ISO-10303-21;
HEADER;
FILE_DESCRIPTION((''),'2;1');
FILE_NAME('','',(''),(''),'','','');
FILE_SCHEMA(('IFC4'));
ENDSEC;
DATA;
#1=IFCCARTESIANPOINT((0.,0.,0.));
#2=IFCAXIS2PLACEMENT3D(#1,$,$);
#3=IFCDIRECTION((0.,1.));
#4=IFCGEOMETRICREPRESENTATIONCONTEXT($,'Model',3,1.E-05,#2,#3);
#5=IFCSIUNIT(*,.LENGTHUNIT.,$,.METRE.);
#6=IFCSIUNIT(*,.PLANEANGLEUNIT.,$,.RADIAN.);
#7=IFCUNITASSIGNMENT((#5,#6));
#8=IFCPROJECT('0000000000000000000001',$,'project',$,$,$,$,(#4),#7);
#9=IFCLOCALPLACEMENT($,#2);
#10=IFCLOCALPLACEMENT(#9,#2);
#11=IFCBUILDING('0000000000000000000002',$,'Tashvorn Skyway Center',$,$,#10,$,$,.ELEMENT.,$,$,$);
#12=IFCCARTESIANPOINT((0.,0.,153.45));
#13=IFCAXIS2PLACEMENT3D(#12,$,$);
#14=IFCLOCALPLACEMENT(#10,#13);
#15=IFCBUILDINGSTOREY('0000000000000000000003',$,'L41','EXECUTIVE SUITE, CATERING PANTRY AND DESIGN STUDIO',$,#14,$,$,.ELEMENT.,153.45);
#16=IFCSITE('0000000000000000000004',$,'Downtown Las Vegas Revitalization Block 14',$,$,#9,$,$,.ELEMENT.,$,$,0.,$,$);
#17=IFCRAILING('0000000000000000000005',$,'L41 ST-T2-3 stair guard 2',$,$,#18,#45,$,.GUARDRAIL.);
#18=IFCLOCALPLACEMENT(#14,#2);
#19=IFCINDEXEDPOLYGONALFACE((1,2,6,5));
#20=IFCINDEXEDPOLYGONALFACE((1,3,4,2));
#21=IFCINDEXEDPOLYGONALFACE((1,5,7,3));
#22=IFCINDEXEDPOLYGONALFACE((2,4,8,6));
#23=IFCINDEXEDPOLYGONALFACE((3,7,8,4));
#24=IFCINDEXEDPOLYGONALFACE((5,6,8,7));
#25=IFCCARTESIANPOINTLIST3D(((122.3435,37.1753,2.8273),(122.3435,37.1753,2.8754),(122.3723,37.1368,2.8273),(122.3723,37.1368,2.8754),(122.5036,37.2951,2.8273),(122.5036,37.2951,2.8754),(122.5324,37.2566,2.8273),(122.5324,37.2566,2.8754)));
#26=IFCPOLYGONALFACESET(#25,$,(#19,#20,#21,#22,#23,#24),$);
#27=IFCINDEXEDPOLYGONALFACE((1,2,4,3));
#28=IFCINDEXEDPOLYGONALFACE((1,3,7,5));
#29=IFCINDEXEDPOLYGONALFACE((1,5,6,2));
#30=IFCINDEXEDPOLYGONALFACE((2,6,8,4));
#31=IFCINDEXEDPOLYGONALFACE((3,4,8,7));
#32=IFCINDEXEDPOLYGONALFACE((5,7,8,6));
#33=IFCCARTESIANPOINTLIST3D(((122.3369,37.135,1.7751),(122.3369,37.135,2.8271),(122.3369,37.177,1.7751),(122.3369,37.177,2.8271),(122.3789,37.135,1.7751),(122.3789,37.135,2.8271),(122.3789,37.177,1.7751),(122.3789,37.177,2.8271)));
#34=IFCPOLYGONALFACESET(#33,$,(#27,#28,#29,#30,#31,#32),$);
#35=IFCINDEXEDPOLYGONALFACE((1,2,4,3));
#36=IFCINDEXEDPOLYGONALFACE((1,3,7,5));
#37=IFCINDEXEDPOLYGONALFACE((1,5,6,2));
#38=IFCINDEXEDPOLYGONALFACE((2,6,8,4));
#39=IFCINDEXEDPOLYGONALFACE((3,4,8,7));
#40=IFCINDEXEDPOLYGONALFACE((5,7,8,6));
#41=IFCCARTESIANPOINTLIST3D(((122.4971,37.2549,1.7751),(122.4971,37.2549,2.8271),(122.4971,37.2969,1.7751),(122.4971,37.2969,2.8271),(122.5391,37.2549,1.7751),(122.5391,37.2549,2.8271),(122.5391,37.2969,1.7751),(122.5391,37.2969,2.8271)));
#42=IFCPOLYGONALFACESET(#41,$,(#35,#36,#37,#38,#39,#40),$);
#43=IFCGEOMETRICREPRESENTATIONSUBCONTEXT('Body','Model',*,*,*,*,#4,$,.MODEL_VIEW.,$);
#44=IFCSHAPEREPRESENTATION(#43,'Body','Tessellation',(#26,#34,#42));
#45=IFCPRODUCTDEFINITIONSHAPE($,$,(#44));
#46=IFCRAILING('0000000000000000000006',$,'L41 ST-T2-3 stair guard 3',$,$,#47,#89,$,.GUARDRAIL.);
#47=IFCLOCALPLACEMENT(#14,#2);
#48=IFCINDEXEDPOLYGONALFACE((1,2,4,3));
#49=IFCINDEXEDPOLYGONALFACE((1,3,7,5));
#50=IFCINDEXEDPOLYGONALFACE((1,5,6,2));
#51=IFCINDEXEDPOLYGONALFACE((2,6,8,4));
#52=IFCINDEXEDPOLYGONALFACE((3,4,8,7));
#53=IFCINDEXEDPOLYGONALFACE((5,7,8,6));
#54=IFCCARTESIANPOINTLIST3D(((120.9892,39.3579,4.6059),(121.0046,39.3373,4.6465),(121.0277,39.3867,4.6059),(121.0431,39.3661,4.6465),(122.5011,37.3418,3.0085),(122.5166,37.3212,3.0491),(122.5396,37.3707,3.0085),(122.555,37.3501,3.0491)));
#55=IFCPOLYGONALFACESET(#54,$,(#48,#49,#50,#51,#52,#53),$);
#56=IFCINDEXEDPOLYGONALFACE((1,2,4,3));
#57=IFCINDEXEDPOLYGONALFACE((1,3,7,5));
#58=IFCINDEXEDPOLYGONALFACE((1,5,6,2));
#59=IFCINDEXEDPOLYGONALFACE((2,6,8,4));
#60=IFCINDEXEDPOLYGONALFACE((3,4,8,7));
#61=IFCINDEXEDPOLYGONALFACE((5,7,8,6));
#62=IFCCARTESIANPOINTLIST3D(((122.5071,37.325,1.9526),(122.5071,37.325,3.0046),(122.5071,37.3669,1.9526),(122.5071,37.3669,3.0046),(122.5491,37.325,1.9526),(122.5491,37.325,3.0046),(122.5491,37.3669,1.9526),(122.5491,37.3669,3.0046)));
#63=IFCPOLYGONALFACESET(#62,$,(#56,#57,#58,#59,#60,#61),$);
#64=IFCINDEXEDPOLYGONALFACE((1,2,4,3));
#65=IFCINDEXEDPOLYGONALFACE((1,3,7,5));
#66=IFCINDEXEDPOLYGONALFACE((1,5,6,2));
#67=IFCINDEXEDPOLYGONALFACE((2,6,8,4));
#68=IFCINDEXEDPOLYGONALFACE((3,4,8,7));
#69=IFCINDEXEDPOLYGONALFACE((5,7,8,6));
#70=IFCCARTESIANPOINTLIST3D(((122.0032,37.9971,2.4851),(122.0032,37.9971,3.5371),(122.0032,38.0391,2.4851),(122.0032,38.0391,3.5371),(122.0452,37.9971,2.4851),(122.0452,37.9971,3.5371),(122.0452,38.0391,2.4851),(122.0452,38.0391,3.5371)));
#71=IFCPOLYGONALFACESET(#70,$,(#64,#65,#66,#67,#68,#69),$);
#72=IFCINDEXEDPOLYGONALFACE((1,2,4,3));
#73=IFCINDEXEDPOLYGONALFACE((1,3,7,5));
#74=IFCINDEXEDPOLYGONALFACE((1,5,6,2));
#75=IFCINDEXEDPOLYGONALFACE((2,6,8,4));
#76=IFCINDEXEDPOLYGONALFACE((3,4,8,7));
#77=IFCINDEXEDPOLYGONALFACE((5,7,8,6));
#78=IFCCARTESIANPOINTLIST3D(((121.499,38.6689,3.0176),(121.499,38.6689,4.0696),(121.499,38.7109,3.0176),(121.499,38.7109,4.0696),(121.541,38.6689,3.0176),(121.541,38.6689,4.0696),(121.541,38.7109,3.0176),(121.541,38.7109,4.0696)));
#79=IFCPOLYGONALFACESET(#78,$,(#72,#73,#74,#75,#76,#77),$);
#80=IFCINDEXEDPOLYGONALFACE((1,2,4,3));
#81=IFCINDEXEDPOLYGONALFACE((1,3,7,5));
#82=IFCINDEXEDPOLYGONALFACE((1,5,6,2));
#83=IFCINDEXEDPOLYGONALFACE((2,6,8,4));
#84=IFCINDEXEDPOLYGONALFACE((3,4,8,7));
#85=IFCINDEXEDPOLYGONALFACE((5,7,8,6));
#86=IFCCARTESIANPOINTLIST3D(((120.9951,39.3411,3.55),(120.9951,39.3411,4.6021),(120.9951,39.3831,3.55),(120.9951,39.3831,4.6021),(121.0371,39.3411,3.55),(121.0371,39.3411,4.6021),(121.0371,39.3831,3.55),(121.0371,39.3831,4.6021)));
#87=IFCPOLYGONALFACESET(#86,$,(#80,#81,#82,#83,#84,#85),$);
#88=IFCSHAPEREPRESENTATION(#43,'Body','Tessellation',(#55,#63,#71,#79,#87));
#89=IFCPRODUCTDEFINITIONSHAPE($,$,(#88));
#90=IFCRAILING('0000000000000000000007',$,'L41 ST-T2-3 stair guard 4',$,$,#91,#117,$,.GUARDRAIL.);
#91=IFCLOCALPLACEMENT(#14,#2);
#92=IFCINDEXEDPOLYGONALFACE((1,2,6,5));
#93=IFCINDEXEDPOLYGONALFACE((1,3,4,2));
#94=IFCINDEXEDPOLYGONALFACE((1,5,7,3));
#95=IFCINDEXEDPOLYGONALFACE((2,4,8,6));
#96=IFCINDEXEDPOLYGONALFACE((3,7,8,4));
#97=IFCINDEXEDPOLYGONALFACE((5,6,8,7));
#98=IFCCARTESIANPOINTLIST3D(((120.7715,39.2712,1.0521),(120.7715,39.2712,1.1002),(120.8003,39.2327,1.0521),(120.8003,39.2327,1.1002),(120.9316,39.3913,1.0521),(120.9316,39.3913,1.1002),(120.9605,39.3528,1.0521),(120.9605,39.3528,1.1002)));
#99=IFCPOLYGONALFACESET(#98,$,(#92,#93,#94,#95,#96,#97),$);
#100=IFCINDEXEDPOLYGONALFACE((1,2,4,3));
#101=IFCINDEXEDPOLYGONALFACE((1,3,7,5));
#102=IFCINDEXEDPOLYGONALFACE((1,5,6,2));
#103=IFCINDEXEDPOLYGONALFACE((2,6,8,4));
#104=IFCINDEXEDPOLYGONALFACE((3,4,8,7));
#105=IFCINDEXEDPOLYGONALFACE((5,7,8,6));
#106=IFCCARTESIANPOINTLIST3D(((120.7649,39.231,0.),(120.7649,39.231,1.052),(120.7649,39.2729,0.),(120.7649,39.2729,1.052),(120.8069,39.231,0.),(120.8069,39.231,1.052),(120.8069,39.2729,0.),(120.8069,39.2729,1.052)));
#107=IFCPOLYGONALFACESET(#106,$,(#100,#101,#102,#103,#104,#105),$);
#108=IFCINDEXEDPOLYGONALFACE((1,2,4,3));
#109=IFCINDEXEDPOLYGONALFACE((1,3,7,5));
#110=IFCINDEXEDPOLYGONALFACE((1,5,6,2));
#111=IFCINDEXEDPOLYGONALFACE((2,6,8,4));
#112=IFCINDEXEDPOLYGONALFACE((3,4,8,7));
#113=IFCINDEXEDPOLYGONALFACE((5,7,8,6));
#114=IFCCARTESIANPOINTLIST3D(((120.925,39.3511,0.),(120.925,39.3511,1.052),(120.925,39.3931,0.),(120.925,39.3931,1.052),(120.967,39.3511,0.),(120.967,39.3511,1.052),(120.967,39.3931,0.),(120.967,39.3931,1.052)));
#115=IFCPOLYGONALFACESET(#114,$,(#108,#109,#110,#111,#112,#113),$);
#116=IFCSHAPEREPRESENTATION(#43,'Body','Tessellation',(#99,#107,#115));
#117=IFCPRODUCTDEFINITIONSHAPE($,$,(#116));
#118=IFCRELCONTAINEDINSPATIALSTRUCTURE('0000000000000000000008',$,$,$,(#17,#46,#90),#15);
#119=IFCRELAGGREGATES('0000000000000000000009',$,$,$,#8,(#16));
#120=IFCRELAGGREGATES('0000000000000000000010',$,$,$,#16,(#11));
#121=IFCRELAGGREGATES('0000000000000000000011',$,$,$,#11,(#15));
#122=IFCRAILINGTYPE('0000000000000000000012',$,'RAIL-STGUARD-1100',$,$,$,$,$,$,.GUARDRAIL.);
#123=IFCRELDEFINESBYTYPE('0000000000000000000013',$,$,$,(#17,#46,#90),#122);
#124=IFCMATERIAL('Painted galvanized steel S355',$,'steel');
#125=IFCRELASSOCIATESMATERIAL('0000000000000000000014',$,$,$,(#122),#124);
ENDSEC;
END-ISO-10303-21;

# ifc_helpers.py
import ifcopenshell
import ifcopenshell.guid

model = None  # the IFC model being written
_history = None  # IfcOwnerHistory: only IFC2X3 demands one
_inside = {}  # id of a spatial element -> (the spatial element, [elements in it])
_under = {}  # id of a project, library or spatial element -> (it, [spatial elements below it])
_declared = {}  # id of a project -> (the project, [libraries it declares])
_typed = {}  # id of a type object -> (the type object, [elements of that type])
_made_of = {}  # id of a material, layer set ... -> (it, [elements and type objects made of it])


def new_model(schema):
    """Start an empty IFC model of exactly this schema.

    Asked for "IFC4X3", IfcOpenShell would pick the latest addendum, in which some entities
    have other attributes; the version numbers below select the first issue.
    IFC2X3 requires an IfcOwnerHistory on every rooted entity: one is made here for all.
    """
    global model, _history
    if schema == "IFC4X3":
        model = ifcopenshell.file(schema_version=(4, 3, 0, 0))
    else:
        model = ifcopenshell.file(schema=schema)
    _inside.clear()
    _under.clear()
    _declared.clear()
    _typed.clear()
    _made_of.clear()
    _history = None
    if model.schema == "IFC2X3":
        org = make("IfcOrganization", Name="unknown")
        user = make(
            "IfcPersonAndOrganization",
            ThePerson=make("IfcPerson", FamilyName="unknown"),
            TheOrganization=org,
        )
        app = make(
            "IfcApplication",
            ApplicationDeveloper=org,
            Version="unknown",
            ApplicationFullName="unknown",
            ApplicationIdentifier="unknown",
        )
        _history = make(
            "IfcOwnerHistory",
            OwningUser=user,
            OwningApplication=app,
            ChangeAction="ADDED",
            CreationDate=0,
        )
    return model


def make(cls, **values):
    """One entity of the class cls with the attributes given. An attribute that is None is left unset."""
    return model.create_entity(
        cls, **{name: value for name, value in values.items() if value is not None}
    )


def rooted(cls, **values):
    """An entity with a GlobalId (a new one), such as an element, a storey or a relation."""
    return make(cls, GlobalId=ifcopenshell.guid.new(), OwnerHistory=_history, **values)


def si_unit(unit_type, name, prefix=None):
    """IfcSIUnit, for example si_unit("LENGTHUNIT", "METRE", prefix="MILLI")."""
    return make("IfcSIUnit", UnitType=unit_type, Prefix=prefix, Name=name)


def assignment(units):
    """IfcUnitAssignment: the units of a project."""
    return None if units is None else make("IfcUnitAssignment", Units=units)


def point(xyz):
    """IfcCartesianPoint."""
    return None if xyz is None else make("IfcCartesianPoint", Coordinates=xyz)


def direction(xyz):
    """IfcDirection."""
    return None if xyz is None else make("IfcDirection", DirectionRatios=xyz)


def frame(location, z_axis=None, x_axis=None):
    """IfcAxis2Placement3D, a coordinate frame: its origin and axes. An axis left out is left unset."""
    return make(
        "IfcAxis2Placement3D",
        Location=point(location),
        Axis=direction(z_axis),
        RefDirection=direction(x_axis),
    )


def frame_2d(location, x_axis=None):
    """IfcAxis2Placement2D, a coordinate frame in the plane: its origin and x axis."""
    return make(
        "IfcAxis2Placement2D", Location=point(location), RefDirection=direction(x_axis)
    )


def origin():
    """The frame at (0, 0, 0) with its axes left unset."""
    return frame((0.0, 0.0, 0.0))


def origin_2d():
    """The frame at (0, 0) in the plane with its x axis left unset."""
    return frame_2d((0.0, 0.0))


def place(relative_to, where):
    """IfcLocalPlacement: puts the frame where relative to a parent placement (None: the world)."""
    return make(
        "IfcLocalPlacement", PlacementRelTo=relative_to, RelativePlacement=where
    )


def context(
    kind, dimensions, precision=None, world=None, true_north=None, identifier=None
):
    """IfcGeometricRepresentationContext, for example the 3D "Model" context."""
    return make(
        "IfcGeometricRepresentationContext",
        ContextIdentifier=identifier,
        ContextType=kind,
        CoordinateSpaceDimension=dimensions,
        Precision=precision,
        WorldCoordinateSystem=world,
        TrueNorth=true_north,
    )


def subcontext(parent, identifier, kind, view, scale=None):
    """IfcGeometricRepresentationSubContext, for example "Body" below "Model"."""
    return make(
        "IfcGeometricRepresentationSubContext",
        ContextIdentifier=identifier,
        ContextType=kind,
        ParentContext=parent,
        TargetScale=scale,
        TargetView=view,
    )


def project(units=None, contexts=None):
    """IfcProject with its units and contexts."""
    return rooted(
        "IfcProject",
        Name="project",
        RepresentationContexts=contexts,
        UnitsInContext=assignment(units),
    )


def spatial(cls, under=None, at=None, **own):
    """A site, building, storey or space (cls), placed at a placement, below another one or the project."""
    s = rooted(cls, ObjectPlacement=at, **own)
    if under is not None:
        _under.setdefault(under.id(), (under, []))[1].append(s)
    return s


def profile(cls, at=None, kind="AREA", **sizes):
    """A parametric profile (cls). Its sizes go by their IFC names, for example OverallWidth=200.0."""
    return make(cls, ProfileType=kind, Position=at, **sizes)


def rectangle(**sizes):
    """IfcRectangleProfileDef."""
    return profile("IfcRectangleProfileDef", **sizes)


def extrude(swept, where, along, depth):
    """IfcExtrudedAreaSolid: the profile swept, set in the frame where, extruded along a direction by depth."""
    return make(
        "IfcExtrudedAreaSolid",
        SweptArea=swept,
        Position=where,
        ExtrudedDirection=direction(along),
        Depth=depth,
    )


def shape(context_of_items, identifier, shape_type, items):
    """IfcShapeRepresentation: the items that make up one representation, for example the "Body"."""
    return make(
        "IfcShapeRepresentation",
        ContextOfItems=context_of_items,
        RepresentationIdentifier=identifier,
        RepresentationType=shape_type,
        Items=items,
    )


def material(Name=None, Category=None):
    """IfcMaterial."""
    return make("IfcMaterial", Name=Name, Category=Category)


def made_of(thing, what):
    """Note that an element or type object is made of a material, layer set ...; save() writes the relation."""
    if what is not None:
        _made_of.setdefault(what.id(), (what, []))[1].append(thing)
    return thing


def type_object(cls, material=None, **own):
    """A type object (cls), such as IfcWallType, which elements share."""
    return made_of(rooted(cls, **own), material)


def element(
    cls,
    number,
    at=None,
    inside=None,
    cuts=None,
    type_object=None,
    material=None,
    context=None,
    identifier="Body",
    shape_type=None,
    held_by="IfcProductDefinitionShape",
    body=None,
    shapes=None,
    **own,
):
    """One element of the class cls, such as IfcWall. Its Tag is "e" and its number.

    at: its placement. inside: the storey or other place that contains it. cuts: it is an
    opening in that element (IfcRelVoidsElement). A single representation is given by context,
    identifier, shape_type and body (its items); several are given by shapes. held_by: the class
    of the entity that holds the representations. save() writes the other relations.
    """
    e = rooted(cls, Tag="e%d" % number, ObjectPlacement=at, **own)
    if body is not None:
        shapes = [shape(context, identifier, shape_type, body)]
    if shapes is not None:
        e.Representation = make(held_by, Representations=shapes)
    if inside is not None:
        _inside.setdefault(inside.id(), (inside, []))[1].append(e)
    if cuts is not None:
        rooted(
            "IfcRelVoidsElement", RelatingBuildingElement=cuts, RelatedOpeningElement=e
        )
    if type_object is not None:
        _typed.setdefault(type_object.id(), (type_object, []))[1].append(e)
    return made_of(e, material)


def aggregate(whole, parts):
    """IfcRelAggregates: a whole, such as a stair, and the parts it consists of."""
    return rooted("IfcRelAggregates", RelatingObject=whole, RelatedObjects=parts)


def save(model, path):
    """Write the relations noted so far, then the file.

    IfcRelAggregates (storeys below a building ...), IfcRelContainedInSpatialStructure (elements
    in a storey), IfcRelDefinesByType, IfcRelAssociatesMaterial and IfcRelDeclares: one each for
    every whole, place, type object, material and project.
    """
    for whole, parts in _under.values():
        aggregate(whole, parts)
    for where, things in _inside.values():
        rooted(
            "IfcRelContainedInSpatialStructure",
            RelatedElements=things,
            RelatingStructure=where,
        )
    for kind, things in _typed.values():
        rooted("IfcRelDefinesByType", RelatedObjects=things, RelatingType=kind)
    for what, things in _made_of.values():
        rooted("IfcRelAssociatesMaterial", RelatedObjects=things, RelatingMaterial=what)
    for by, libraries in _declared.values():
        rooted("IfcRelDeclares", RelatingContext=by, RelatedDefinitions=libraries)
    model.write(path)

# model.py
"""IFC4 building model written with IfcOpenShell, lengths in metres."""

from ifc_helpers import new_model, si_unit, direction, frame, origin, origin_2d, place, context, subcontext, project, spatial, rectangle, extrude, material, type_object, element, save


model = new_model("IFC4")

# Units and contexts
model_context = context("Model", 3, precision=1e-05, world=origin(), true_north=direction((0.0, 1.0)))
body_context = subcontext(model_context, "Body", "Model", "MODEL_VIEW")
ifc_project = project(units=[si_unit("LENGTHUNIT", "METRE"), si_unit("PLANEANGLEUNIT", "RADIAN")], contexts=[model_context])

# Site, building, storey
site_placement = place(None, origin())
site = spatial("IfcSite", under=ifc_project, at=site_placement, Name="Downtown Las Vegas Revitalization Block 14", CompositionType="ELEMENT", RefElevation=0.0)
building_placement = place(site_placement, origin())
building = spatial("IfcBuilding", under=site, at=building_placement, Name="Tashvorn Skyway Center", CompositionType="ELEMENT")
storey_placement = place(building_placement, frame((0.0, 0.0, 153.45)))
storey = spatial("IfcBuildingStorey", under=building, at=storey_placement, Name="L41", Description="EXECUTIVE SUITE, CATERING PANTRY AND DESIGN STUDIO", CompositionType="ELEMENT", Elevation=153.45)

# Railings
ifc_material_1 = material(Name="Painted galvanized steel S355", Category="steel")
railing_type_1 = type_object("IfcRailingType", Name="RAIL-STGUARD-1100", PredefinedType="GUARDRAIL", material=ifc_material_1)
railing_1_placement = place(storey_placement, frame((122.3579, 37.156, 1.7751)))
element("IfcRailing", 1, at=railing_1_placement, inside=storey, type_object=railing_type_1, Name="L41 ST-T2-3 stair guard 2", PredefinedType="GUARDRAIL", context=body_context, shape_type="SweptSolid", body=[
    extrude(rectangle(XDim=0.0481, YDim=0.0481, at=origin_2d()), frame((0.0, 0.0, 1.0762), z_axis=(0.800585, 0.599219, 0.0), x_axis=(-0.599219, 0.800585, 0.0)), (0.0, 0.0, 1.0), 0.2),
    extrude(rectangle(XDim=0.042, YDim=0.042, at=origin_2d()), origin(), (0.0, 0.0, 1.0), 1.052),
    extrude(rectangle(XDim=0.042, YDim=0.042, at=origin_2d()), frame((0.1602, 0.1199, 0.0)), (0.0, 0.0, 1.0), 1.052),
])
railing_2_placement = place(storey_placement, frame((122.5281, 37.3459, 1.9526)))
element("IfcRailing", 2, at=railing_2_placement, inside=storey, type_object=railing_type_1, Name="L41 ST-T2-3 stair guard 3", PredefinedType="GUARDRAIL", context=body_context, shape_type="SweptSolid", body=[
    extrude(rectangle(XDim=0.0481, YDim=0.0481, at=origin_2d()), frame((0.0, 0.0, 1.0762), z_axis=(-0.506741, 0.675709, 0.535379), x_axis=(-0.800023, -0.599969, 0.0)), (0.0, 0.0, 1.0), 2.9836),
    extrude(rectangle(XDim=0.042, YDim=0.042, at=origin_2d()), origin(), (0.0, 0.0, 1.0), 1.052),
    extrude(rectangle(XDim=0.042, YDim=0.042, at=origin_2d()), frame((-0.5039, 0.6721, 0.5325)), (0.0, 0.0, 1.0), 1.052),
    extrude(rectangle(XDim=0.042, YDim=0.042, at=origin_2d()), frame((-1.0081, 1.344, 1.0649)), (0.0, 0.0, 1.0), 1.052),
    extrude(rectangle(XDim=0.042, YDim=0.042, at=origin_2d()), frame((-1.512, 2.0161, 1.5974)), (0.0, 0.0, 1.0), 1.052),
])
railing_3_placement = place(storey_placement, frame((120.7859, 39.252, 0.0)))
element("IfcRailing", 3, at=railing_3_placement, inside=storey, type_object=railing_type_1, Name="L41 ST-T2-3 stair guard 4", PredefinedType="GUARDRAIL", context=body_context, shape_type="SweptSolid", body=[
    extrude(rectangle(XDim=0.0481, YDim=0.0481, at=origin_2d()), frame((0.0, 0.0, 1.0762), z_axis=(0.8, 0.6, 0.0), x_axis=(-0.6, 0.8, 0.0)), (0.0, 0.0, 1.0), 0.2002),
    extrude(rectangle(XDim=0.042, YDim=0.042, at=origin_2d()), origin(), (0.0, 0.0, 1.0), 1.052),
    extrude(rectangle(XDim=0.042, YDim=0.042, at=origin_2d()), frame((0.1602, 0.1201, 0.0)), (0.0, 0.0, 1.0), 1.052),
])

save(model, "model.ifc")
